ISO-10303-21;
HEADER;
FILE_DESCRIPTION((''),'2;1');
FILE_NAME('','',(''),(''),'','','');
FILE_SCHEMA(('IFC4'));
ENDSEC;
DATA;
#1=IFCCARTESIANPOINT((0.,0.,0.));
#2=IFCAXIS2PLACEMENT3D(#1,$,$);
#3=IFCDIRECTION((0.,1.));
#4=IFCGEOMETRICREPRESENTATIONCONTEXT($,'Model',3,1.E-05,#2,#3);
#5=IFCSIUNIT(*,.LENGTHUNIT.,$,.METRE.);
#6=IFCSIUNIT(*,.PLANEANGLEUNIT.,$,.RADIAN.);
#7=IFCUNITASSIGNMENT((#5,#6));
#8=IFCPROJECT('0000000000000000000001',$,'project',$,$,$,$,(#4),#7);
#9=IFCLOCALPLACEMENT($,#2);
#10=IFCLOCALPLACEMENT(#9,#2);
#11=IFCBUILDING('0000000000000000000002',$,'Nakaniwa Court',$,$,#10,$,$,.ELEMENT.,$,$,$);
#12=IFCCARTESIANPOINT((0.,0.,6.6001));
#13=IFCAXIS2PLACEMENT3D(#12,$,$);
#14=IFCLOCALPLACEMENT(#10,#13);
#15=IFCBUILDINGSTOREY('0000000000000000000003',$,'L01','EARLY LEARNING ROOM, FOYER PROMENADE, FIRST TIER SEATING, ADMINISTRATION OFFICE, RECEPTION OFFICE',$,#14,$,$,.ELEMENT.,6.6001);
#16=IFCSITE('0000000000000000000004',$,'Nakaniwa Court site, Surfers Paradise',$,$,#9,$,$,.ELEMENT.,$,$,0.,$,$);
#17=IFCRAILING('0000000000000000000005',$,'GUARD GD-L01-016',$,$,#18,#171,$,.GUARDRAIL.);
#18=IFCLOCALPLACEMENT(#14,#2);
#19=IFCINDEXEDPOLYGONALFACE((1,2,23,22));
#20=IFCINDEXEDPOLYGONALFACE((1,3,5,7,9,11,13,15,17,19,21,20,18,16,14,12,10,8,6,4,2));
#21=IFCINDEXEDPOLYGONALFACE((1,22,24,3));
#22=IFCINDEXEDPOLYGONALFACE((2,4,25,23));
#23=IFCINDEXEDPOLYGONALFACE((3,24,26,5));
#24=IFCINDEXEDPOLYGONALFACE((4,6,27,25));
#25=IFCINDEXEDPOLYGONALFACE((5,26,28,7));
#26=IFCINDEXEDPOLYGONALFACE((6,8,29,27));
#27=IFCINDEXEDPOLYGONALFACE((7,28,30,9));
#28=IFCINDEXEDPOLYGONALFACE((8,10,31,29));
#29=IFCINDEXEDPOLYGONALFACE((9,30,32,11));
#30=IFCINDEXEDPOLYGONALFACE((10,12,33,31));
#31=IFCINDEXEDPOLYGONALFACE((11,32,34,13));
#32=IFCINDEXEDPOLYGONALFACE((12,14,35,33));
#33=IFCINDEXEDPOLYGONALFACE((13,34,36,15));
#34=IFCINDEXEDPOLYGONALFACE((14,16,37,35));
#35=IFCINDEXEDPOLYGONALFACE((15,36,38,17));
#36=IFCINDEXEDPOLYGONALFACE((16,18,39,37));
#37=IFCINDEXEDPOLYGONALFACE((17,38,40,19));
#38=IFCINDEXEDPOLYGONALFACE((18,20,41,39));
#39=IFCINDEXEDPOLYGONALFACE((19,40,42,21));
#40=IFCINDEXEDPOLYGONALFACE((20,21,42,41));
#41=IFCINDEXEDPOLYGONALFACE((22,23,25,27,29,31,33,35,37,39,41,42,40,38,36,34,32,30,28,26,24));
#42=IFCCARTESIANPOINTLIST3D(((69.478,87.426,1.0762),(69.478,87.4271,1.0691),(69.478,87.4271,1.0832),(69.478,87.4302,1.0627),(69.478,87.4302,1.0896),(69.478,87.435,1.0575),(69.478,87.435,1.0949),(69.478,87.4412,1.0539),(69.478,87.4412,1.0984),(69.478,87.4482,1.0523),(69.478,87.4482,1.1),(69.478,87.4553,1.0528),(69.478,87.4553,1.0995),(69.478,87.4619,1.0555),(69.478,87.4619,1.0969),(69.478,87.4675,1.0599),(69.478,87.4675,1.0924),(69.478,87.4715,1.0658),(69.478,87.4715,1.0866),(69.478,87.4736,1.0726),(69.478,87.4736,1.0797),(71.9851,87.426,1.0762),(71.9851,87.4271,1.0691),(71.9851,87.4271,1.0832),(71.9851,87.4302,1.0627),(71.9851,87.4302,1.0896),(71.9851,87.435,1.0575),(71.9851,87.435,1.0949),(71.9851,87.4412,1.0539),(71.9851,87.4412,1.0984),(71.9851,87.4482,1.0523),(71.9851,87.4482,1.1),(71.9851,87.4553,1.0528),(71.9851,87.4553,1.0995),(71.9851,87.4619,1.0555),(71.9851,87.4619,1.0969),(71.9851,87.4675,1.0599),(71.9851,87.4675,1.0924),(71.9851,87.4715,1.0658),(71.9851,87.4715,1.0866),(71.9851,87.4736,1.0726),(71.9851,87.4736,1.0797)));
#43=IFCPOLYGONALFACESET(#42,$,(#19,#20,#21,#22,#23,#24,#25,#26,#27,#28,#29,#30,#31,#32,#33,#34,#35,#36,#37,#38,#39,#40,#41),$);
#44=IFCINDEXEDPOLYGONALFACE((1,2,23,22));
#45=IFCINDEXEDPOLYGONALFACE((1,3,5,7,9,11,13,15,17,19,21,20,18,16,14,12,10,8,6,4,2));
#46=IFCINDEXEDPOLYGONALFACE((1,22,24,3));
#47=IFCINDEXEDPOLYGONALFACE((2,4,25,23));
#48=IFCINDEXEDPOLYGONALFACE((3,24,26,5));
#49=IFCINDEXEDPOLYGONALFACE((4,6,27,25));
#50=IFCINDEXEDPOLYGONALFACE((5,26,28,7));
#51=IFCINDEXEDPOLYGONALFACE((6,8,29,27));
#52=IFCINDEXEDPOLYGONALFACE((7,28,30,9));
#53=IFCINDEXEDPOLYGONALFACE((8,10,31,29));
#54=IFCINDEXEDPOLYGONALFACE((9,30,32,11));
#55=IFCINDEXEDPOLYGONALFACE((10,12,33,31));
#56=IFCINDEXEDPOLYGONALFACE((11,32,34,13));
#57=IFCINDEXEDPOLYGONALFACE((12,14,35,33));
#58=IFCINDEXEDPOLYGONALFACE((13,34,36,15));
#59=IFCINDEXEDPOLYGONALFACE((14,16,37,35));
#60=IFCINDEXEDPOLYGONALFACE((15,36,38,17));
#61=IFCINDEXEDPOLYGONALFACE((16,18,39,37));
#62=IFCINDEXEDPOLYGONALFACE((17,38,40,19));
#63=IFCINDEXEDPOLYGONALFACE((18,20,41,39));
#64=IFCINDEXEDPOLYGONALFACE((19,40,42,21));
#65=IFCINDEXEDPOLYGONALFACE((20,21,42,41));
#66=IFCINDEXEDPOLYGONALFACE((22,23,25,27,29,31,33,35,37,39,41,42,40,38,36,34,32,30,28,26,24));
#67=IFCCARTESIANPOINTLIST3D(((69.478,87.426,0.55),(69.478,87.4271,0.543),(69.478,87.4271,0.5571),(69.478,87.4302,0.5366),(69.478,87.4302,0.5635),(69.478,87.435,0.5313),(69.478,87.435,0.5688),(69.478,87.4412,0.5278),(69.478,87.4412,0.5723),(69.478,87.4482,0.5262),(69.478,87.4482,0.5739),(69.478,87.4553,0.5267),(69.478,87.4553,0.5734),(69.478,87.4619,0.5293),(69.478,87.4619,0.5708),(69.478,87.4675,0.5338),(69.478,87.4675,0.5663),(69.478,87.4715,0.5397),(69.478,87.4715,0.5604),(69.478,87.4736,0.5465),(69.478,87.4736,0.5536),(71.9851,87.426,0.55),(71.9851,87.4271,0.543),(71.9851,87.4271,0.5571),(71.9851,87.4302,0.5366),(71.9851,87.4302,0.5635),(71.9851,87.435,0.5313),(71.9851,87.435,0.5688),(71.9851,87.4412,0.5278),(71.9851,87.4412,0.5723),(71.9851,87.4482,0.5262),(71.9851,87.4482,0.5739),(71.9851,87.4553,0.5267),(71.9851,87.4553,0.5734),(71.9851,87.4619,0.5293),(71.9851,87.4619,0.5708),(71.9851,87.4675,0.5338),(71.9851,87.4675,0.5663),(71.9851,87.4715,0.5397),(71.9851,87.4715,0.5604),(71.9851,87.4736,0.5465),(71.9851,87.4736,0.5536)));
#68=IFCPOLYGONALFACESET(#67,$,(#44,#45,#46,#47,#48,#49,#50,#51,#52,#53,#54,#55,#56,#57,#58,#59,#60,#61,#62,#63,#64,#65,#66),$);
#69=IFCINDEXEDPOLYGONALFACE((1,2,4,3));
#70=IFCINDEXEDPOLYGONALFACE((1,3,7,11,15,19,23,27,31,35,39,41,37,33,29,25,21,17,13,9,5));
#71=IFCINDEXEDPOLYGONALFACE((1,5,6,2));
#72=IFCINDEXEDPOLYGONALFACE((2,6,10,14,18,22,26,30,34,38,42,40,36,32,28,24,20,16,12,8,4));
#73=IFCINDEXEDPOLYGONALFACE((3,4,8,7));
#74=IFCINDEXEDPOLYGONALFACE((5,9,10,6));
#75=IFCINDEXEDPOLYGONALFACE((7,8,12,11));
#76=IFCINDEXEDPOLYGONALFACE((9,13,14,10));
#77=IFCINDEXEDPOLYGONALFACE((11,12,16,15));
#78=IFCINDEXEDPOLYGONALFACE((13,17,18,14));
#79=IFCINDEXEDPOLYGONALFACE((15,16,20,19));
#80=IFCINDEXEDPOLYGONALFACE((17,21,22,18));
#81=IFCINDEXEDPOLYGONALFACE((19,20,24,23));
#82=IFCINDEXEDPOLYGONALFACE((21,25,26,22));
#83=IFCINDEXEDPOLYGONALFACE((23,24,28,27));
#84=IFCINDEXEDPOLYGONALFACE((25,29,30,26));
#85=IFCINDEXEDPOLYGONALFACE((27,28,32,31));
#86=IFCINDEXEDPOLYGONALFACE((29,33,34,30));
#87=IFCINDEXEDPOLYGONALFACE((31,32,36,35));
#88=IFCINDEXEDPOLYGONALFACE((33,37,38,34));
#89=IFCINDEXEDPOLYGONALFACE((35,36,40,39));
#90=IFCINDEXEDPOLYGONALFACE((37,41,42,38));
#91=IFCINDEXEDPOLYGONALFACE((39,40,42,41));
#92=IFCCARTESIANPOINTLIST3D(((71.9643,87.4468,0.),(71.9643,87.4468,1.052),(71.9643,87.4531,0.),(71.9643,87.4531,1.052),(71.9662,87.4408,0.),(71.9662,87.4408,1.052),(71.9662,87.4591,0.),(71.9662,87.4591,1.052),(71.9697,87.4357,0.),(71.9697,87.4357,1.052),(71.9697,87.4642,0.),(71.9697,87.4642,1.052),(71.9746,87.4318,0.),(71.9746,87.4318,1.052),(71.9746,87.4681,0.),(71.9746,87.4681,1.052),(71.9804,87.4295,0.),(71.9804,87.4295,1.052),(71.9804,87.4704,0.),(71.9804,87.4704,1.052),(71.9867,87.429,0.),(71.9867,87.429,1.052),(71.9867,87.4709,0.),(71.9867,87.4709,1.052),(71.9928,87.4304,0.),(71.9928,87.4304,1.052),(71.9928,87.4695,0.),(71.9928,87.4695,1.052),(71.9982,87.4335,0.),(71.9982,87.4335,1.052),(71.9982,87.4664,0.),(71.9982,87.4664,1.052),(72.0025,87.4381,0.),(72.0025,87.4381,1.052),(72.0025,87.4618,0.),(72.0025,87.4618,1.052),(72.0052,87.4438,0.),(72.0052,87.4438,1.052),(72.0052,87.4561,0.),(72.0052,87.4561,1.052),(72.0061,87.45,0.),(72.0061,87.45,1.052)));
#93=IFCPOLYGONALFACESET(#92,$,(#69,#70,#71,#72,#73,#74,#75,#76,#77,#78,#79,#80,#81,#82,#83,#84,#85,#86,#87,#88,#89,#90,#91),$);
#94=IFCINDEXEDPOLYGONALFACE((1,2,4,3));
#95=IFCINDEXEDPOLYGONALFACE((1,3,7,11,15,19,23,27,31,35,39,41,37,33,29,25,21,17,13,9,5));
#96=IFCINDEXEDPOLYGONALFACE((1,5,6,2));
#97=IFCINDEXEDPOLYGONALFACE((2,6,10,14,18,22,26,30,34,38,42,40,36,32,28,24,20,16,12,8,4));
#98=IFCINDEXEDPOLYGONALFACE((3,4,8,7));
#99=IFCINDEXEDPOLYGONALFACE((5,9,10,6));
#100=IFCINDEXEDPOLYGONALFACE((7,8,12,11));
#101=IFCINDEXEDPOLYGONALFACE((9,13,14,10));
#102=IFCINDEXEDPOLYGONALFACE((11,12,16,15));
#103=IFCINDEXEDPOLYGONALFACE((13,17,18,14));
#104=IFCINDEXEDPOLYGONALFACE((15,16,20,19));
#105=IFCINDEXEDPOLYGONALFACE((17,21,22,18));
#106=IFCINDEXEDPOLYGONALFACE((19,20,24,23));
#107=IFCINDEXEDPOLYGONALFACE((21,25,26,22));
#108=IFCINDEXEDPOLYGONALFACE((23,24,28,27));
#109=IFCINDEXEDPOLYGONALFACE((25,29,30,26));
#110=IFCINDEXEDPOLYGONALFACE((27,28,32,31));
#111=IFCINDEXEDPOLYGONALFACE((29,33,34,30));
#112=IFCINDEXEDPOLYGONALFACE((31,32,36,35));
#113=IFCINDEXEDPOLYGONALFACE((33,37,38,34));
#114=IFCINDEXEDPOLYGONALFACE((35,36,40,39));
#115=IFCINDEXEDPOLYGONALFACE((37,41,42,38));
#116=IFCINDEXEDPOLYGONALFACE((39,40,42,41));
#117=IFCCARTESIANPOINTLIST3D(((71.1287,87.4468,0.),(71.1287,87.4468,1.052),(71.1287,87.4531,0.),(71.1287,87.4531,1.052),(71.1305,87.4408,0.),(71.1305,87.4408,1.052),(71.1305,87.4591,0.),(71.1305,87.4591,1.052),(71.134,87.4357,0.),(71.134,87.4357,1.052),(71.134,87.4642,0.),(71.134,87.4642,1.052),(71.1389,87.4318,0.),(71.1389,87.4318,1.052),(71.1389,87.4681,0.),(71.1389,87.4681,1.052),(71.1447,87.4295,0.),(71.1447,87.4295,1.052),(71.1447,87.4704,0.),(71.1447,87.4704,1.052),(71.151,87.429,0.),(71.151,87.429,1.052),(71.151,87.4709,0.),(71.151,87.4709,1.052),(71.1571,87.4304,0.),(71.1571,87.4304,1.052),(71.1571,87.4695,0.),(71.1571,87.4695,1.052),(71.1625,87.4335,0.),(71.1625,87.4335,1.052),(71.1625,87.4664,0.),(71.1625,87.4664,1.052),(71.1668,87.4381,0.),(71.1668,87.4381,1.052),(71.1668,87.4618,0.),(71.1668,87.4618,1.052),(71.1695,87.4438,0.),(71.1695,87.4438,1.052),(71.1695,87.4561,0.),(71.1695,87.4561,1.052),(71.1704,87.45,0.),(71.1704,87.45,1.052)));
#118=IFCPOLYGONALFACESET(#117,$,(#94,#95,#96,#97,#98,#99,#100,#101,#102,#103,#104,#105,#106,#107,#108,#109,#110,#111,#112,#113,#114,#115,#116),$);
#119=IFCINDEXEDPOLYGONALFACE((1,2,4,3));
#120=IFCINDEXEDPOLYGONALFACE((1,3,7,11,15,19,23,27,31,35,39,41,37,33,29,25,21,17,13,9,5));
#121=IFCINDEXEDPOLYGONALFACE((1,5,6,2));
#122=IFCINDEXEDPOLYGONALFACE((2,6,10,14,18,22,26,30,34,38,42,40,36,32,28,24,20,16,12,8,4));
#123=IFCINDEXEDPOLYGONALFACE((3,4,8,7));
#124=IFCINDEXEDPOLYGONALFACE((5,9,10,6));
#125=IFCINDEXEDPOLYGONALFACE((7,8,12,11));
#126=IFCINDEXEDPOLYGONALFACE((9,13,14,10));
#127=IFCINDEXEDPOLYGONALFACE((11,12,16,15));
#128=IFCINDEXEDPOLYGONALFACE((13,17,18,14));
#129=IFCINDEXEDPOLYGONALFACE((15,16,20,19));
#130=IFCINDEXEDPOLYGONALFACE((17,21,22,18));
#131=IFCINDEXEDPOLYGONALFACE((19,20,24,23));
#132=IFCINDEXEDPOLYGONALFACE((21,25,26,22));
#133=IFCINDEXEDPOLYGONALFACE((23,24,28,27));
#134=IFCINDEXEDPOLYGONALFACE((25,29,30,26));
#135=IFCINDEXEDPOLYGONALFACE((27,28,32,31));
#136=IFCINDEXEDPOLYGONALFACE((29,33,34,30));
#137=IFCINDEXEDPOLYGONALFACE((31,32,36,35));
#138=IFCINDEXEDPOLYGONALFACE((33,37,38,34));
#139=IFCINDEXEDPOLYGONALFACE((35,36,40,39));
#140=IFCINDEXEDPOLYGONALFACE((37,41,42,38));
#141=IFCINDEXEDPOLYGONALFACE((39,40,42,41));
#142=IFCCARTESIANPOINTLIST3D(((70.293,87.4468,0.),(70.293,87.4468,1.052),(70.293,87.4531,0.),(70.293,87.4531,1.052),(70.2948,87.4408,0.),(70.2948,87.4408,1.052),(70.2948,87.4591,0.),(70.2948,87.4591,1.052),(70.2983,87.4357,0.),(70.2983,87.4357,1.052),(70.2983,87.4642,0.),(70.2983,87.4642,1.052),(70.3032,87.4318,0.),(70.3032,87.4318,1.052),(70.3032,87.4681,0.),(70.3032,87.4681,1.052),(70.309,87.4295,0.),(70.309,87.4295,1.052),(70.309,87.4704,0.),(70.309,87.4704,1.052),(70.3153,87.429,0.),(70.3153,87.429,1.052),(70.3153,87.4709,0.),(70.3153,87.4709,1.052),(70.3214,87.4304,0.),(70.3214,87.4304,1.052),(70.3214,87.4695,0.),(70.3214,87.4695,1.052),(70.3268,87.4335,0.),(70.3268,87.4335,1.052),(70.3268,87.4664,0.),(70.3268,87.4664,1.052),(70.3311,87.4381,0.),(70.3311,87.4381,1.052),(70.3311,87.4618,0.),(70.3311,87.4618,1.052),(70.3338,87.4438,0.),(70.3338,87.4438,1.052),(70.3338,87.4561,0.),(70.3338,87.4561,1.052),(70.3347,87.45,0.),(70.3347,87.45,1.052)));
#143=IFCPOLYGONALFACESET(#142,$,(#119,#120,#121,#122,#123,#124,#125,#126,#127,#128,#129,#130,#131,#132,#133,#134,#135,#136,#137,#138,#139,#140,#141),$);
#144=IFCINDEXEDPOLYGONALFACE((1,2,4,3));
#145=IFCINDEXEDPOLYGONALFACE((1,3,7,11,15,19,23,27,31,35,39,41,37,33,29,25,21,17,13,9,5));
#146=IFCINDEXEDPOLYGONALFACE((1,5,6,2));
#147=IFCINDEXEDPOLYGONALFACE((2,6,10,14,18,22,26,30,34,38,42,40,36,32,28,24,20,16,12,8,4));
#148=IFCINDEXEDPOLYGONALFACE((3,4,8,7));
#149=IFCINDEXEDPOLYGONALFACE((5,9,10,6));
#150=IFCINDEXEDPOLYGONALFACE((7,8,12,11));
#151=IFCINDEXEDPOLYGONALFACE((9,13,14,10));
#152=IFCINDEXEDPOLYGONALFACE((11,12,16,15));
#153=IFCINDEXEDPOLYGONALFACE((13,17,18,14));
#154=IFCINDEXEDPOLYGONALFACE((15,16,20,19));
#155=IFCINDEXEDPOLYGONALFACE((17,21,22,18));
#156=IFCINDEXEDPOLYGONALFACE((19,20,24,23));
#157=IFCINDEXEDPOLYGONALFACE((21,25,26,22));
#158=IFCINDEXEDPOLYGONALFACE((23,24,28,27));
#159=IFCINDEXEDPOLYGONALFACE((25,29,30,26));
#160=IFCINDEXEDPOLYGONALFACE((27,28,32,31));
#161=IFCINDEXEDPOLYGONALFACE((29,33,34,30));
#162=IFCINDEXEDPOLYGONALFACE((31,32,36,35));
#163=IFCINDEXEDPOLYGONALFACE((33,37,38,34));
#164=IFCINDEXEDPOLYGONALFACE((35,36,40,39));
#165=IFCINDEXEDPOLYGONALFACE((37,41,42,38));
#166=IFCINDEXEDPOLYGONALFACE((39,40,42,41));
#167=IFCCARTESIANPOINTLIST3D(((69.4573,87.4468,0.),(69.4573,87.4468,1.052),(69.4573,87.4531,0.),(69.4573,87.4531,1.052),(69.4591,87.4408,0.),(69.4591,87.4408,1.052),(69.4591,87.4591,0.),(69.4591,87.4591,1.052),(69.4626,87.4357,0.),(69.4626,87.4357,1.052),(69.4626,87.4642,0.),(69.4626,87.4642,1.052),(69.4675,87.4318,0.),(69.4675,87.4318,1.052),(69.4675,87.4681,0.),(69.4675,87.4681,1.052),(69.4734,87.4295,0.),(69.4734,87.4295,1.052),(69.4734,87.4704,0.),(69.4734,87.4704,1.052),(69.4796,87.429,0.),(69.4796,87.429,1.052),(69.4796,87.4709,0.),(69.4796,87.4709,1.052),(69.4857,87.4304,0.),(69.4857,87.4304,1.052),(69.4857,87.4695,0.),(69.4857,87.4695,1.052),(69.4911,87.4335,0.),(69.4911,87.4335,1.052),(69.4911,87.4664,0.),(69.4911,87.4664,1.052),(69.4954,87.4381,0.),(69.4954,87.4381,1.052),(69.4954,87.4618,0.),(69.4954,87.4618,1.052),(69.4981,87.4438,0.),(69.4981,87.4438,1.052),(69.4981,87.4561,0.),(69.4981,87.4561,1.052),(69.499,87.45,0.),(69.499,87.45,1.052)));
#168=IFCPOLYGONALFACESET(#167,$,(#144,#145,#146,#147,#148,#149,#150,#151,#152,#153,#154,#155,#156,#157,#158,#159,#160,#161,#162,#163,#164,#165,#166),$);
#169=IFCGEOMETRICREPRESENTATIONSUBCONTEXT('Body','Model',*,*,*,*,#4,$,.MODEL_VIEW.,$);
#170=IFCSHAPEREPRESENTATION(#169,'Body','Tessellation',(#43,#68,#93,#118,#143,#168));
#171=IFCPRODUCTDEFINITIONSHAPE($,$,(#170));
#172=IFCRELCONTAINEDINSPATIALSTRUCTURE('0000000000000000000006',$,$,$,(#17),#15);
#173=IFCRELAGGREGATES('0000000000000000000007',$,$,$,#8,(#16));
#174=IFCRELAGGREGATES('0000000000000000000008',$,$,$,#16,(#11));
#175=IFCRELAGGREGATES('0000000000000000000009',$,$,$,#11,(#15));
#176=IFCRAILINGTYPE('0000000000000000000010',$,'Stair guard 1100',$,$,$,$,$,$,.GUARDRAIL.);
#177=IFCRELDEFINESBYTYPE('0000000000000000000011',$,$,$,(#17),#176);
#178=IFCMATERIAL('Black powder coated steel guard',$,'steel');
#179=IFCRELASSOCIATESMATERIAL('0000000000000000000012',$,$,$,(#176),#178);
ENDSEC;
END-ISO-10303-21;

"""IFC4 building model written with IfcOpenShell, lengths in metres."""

from ifc_helpers import new_model, si_unit, direction, frame, origin, origin_2d, place, context, subcontext, project, spatial, circle, extrude, material, type_object, element, save


model = new_model("IFC4")

# Units and contexts
model_context = context("Model", 3, precision=1e-05, world=origin(), true_north=direction((0.0, 1.0)))
body_context = subcontext(model_context, "Body", "Model", "MODEL_VIEW")
ifc_project = project(units=[si_unit("LENGTHUNIT", "METRE"), si_unit("PLANEANGLEUNIT", "RADIAN")], contexts=[model_context])

# Site, building, storey
site_placement = place(None, origin())
site = spatial("IfcSite", under=ifc_project, at=site_placement, Name="Nakaniwa Court site, Surfers Paradise", CompositionType="ELEMENT", RefElevation=0.0)
building_placement = place(site_placement, origin())
building = spatial("IfcBuilding", under=site, at=building_placement, Name="Nakaniwa Court", CompositionType="ELEMENT")
storey_placement = place(building_placement, frame((0.0, 0.0, 6.6001)))
storey = spatial("IfcBuildingStorey", under=building, at=storey_placement, Name="L01", Description="EARLY LEARNING ROOM, FOYER PROMENADE, FIRST TIER SEATING, ADMINISTRATION OFFICE, RECEPTION OFFICE", CompositionType="ELEMENT", Elevation=6.6001)

# Railing
ifc_material_1 = material(Name="Black powder coated steel guard", Category="steel")
railing_type = type_object("IfcRailingType", Name="Stair guard 1100", PredefinedType="GUARDRAIL", material=ifc_material_1)
railing_1_placement = place(storey_placement, frame((71.9851, 87.45, 0.0)))
element("IfcRailing", 1, at=railing_1_placement, inside=storey, type_object=railing_type, Name="GUARD GD-L01-016", PredefinedType="GUARDRAIL", context=body_context, shape_type="SweptSolid", body=[
    extrude(circle(Radius=0.0239, at=origin_2d()), frame((0.0, 0.0, 1.0762), z_axis=(-1.0, 0.0, 0.0), x_axis=(0.0, -1.0, 0.0)), (0.0, 0.0, 1.0), 2.5071),
    extrude(circle(Radius=0.0239, at=origin_2d()), frame((0.0, 0.0, 0.55), z_axis=(-1.0, 0.0, 0.0), x_axis=(0.0, -1.0, 0.0)), (0.0, 0.0, 1.0), 2.5071),
    extrude(circle(Radius=0.021, at=origin_2d()), origin(), (0.0, 0.0, 1.0), 1.052),
    extrude(circle(Radius=0.021, at=origin_2d()), frame((-0.8357, 0.0, 0.0)), (0.0, 0.0, 1.0), 1.052),
    extrude(circle(Radius=0.021, at=origin_2d()), frame((-1.6714, 0.0, 0.0)), (0.0, 0.0, 1.0), 1.052),
    extrude(circle(Radius=0.021, at=origin_2d()), frame((-2.5071, 0.0, 0.0)), (0.0, 0.0, 1.0), 1.052),
])

save(model, "model.ifc")
